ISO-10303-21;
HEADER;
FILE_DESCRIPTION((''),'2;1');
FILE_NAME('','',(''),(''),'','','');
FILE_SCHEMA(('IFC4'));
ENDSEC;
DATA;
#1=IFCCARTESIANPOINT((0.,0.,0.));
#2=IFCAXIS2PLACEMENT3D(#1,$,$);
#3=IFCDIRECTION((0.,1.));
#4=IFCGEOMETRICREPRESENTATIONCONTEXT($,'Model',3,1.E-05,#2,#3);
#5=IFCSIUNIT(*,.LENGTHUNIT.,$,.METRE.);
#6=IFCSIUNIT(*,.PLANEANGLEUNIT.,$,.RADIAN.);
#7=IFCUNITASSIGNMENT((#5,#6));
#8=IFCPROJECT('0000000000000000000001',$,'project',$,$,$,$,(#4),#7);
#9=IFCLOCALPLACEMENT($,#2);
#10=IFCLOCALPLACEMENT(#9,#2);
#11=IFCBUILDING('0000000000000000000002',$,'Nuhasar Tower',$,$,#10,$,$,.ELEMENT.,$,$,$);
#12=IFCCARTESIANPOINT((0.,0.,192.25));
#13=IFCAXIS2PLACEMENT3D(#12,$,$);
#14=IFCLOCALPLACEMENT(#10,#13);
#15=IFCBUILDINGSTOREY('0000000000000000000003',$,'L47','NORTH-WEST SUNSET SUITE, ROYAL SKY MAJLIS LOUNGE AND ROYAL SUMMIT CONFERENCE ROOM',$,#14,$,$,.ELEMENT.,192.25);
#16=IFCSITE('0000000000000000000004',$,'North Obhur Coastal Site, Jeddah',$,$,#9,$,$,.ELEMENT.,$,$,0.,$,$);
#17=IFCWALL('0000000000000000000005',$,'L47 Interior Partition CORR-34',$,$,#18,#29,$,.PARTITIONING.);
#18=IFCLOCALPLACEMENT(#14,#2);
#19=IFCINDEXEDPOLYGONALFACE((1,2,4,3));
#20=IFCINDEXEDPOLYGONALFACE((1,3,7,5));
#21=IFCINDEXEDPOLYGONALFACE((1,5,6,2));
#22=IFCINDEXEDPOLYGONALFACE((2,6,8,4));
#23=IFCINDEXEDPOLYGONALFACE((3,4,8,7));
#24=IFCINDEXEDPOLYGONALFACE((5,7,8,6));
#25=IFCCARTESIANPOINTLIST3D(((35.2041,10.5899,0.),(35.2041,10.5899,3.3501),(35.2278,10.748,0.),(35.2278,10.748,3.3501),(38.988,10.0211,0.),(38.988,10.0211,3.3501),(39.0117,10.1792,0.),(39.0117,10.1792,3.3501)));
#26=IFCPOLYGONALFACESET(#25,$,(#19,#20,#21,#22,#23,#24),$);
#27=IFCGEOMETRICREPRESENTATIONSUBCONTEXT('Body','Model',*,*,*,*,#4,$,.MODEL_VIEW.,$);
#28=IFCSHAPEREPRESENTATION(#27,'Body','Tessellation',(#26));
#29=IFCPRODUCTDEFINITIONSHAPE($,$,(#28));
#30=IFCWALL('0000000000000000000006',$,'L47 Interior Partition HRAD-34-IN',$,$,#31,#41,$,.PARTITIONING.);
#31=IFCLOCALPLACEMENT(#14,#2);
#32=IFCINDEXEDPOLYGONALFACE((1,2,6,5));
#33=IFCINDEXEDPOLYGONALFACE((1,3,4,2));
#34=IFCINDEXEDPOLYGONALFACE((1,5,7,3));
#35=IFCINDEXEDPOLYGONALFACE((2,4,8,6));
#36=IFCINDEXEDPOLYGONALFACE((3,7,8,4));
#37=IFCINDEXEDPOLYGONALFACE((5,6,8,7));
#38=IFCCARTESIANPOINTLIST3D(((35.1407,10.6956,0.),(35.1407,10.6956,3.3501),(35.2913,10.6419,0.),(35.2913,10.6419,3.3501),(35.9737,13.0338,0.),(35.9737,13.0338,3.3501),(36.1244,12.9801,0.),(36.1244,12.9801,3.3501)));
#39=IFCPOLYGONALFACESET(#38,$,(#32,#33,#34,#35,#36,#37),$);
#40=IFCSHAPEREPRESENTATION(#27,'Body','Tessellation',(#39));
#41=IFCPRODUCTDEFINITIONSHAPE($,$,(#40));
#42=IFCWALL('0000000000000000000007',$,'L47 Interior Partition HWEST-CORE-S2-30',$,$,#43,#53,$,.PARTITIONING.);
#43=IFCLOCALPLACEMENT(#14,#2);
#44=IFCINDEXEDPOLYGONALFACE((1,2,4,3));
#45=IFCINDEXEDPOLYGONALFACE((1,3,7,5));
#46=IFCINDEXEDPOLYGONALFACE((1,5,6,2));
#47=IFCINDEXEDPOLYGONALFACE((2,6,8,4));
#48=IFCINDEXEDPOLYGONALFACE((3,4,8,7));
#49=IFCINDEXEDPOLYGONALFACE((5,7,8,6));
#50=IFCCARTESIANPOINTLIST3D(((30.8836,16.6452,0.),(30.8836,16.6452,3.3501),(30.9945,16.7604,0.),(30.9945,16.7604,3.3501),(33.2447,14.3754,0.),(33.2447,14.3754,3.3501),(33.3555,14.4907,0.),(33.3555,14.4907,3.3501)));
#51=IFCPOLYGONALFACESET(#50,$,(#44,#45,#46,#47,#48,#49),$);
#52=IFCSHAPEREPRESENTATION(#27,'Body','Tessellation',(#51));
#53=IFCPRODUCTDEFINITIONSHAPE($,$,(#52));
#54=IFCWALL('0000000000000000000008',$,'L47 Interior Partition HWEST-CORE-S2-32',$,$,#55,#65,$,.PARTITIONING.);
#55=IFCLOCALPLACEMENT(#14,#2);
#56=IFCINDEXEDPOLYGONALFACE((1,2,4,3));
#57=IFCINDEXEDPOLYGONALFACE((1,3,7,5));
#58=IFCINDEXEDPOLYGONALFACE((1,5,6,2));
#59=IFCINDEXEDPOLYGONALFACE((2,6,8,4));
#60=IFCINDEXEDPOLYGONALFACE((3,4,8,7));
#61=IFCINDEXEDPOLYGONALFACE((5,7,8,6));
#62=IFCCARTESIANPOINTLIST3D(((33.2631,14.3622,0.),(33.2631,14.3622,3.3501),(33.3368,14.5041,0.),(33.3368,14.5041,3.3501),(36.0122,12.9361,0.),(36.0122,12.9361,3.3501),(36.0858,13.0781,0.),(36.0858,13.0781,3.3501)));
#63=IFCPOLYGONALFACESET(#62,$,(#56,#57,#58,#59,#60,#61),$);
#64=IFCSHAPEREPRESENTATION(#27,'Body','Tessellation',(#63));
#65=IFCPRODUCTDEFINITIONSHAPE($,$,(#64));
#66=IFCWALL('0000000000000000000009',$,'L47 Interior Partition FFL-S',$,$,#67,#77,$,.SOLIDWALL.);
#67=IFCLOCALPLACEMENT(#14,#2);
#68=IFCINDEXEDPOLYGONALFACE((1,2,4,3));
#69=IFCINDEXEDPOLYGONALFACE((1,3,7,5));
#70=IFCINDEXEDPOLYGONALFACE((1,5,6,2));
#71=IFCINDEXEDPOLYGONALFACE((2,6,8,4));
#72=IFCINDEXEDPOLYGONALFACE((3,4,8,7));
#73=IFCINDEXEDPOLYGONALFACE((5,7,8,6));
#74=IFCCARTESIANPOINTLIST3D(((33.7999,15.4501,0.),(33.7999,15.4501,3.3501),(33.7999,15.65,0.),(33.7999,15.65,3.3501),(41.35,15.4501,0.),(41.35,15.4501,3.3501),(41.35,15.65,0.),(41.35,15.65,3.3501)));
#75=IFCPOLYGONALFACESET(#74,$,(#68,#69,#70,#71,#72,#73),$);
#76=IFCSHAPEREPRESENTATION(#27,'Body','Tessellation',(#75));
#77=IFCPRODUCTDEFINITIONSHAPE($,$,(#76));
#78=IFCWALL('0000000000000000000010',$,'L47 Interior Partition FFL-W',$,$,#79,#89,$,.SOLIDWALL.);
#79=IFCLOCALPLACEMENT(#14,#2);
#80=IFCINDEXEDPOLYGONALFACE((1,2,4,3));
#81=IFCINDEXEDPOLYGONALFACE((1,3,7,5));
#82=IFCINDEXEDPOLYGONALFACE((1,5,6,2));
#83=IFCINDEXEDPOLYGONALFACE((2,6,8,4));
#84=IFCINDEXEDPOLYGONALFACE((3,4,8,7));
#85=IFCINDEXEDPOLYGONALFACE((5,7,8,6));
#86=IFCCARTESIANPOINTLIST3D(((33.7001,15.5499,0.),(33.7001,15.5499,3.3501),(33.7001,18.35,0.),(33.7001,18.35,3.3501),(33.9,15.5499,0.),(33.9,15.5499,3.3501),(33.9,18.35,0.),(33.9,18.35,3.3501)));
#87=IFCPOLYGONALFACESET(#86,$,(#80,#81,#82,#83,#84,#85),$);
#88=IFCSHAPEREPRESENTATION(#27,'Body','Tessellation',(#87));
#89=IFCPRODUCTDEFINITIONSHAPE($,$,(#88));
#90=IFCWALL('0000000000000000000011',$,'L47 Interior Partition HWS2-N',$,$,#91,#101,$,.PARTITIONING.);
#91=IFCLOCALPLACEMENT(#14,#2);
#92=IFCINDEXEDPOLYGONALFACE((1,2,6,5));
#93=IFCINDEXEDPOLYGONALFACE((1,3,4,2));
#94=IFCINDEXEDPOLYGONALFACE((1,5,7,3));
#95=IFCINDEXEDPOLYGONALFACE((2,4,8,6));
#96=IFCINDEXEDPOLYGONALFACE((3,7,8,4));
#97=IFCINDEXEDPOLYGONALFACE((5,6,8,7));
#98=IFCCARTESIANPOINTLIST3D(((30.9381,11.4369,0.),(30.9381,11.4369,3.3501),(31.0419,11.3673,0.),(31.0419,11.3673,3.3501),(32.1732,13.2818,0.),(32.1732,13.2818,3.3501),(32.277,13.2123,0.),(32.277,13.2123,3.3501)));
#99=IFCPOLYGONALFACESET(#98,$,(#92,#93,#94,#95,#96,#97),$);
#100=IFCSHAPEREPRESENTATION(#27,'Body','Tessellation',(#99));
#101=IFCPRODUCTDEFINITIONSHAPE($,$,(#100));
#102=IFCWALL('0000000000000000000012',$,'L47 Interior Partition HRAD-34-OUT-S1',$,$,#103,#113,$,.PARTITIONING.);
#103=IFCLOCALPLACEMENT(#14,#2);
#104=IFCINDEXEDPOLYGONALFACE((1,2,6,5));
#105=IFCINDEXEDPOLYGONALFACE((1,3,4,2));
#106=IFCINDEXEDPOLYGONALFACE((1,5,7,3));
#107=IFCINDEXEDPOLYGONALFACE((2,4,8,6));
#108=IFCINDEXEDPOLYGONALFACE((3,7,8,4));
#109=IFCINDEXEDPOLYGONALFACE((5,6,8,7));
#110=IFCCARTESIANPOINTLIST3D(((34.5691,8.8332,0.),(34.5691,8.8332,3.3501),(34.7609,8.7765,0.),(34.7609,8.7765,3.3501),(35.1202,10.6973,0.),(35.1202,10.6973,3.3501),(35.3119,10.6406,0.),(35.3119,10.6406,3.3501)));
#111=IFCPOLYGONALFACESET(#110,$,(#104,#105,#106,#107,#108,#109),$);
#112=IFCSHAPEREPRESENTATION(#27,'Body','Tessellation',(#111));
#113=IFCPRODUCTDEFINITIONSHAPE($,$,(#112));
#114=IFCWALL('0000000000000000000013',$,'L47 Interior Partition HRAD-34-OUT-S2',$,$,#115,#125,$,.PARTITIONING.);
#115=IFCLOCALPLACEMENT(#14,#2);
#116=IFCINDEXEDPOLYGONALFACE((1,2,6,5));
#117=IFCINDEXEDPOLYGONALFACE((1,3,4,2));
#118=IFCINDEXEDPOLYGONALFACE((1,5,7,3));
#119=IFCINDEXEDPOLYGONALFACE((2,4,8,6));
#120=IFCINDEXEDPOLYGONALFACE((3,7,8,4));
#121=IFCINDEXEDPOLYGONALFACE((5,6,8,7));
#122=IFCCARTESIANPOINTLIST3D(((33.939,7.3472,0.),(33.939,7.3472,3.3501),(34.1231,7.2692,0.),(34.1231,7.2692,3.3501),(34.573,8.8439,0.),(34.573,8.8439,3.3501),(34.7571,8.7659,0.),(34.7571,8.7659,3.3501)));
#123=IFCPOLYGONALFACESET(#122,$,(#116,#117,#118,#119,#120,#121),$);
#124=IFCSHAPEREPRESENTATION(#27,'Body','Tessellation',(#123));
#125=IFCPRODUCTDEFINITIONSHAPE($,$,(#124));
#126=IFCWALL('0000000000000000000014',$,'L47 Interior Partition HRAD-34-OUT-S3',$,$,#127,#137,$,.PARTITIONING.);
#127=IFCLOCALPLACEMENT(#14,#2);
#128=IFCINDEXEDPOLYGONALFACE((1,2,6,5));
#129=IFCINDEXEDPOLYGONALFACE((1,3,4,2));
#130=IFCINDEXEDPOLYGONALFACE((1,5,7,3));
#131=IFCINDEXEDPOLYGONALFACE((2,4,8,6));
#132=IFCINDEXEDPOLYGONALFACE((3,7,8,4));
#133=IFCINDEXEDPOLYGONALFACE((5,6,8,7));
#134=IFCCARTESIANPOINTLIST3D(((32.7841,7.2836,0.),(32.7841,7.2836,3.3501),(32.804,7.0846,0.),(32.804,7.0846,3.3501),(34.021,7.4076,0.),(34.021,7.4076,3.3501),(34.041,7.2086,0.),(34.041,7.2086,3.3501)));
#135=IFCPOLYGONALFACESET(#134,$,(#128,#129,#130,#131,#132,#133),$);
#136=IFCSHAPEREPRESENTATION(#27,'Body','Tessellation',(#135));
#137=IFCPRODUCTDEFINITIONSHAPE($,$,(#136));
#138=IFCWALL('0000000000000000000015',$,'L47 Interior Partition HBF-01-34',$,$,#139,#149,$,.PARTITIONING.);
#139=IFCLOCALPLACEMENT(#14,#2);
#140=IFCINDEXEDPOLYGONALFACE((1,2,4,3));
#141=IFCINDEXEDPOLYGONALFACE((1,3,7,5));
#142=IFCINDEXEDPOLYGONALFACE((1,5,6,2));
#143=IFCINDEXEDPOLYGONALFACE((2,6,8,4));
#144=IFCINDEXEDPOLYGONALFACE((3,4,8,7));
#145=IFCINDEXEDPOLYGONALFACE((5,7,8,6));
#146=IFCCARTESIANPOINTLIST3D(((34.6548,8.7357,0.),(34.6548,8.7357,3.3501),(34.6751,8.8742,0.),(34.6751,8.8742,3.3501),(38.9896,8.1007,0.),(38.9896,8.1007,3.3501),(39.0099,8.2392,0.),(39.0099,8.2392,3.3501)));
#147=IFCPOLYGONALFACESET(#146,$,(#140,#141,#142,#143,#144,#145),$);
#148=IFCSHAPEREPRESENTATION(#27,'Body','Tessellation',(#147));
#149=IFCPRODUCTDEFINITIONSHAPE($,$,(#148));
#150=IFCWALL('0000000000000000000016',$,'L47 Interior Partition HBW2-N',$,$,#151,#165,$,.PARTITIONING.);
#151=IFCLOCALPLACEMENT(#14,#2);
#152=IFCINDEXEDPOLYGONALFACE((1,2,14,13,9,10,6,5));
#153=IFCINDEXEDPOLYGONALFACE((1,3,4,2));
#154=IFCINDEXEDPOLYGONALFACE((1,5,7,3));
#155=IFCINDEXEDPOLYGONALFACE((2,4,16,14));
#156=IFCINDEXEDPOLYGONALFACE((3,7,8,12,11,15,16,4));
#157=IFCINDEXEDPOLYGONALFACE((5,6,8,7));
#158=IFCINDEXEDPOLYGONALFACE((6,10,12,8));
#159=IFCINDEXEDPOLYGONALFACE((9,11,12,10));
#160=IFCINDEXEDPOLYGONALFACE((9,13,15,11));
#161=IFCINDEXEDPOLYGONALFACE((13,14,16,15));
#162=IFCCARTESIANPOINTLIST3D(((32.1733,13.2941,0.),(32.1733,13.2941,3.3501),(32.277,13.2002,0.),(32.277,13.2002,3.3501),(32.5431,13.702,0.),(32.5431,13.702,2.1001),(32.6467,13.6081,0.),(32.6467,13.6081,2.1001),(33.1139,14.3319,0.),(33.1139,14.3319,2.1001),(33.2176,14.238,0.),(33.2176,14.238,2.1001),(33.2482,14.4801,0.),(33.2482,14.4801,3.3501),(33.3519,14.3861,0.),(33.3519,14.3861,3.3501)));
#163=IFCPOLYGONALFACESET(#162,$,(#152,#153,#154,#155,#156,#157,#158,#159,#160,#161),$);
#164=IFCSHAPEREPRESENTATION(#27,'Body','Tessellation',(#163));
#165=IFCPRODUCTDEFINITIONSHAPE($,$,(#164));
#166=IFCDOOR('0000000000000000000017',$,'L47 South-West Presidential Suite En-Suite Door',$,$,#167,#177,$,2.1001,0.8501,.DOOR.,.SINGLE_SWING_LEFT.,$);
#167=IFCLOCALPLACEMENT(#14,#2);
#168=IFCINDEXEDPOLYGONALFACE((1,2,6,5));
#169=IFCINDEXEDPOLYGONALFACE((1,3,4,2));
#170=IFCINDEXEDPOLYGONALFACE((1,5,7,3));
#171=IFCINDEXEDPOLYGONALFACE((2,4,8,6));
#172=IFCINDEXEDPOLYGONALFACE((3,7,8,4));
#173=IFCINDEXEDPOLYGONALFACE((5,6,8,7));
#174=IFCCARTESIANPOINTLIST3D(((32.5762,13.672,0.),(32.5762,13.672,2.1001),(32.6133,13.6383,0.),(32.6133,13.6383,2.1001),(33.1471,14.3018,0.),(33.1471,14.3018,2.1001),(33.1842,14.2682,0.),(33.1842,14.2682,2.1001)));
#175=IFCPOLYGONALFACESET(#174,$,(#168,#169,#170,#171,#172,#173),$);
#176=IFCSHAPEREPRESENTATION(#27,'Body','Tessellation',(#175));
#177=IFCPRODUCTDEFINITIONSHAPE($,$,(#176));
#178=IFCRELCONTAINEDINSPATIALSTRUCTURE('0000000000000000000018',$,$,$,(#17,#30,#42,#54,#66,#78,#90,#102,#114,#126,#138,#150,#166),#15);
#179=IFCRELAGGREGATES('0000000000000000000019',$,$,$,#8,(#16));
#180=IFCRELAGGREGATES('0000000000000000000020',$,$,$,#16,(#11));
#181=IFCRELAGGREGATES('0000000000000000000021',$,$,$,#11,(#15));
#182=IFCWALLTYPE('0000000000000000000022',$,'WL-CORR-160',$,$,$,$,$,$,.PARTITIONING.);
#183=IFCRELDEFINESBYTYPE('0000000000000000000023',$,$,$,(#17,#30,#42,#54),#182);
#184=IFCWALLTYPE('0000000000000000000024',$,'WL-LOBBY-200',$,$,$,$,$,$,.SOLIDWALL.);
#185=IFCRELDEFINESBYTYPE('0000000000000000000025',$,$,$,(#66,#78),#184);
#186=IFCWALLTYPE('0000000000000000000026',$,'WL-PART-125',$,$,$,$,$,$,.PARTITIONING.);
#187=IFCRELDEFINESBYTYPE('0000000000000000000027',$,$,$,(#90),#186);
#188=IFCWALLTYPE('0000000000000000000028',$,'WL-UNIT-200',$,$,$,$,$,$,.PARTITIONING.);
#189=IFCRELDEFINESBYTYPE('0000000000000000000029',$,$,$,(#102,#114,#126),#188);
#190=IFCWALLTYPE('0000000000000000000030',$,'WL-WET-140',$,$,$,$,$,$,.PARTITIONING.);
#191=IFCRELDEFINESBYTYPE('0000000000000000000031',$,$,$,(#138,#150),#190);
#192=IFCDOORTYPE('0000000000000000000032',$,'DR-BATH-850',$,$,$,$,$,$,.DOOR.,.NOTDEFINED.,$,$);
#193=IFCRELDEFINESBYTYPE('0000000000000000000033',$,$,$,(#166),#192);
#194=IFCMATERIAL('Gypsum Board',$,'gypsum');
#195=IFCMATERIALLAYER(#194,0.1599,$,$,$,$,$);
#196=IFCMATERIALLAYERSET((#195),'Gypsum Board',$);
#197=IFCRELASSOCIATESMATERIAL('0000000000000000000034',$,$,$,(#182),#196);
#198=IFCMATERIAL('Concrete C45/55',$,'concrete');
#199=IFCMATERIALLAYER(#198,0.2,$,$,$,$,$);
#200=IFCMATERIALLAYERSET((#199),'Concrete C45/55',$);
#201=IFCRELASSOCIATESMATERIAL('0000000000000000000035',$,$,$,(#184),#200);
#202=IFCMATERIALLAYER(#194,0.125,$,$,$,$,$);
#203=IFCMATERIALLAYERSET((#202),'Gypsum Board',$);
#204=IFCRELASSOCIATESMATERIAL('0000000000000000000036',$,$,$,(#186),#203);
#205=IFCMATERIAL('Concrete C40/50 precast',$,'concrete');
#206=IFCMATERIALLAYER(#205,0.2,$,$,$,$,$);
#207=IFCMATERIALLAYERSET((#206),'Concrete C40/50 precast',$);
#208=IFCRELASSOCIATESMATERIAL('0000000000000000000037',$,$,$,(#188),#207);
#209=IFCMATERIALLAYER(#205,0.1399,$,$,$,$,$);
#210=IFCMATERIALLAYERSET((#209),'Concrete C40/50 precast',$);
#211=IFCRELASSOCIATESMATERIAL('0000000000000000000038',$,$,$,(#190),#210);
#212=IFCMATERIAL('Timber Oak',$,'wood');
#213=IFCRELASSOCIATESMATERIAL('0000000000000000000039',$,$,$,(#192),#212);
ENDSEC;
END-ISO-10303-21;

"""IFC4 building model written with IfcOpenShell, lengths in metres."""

from ifc_helpers import new_model, si_unit, direction, frame, frame_2d, origin, place, context, subcontext, project, spatial, rectangle, extrude, material, layer, layer_set, type_object, element, fill, save


model = new_model("IFC4")

# Units and contexts
model_context = context("Model", 3, precision=1e-05, world=origin(), true_north=direction((0.0, 1.0)))
body_context = subcontext(model_context, "Body", "Model", "MODEL_VIEW")
ifc_project = project(units=[si_unit("LENGTHUNIT", "METRE"), si_unit("PLANEANGLEUNIT", "RADIAN")], contexts=[model_context])

# Site, building, storey
site_placement = place(None, origin())
site = spatial("IfcSite", under=ifc_project, at=site_placement, Name="North Obhur Coastal Site, Jeddah", CompositionType="ELEMENT", RefElevation=0.0)
building_placement = place(site_placement, origin())
building = spatial("IfcBuilding", under=site, at=building_placement, Name="Nuhasar Tower", CompositionType="ELEMENT")
storey_placement = place(building_placement, frame((0.0, 0.0, 192.25)))
storey = spatial("IfcBuildingStorey", under=building, at=storey_placement, Name="L47", Description="NORTH-WEST SUNSET SUITE, ROYAL SKY MAJLIS LOUNGE AND ROYAL SUMMIT CONFERENCE ROOM", CompositionType="ELEMENT", Elevation=192.25)

# Walls
ifc_material_1 = material(Name="Gypsum Board", Category="gypsum")
ifc_layer_1 = layer(ifc_material_1, 0.1599)
ifc_layer_set_1 = layer_set([ifc_layer_1], Name="Gypsum Board")
wall_type_1 = type_object("IfcWallType", Name="WL-CORR-160", PredefinedType="PARTITIONING", material=ifc_layer_set_1)
wall_1_placement = place(storey_placement, frame((35.2161, 10.6689, 0.0), z_axis=(0.0, 0.0, 1.0), x_axis=(0.988888, -0.148662, 0.0)))
element("IfcWall", 1, at=wall_1_placement, inside=storey, type_object=wall_type_1, Name="L47 Interior Partition CORR-34", PredefinedType="PARTITIONING", context=body_context, shape_type="SweptSolid", body=[
    extrude(rectangle(XDim=3.8264, YDim=0.1599, at=frame_2d((1.9131, 0.0))), origin(), (0.0, 0.0, 1.0), 3.3501),
])
wall_2_placement = place(storey_placement, frame((36.0491, 13.0071, 0.0), z_axis=(0.0, 0.0, 1.0), x_axis=(-0.335607, -0.942002, 0.0)))
element("IfcWall", 2, at=wall_2_placement, inside=storey, type_object=wall_type_1, Name="L47 Interior Partition HRAD-34-IN", PredefinedType="PARTITIONING", context=body_context, shape_type="SweptSolid", body=[
    extrude(rectangle(XDim=2.4822, YDim=0.1599, at=frame_2d((1.2412, 0.0))), origin(), (0.0, 0.0, 1.0), 3.3501),
])
wall_3_placement = place(storey_placement, frame((30.939, 16.7029, 0.0), z_axis=(0.0, 0.0, 1.0), x_axis=(0.720909, -0.69303, 0.0)))
element("IfcWall", 3, at=wall_3_placement, inside=storey, type_object=wall_type_1, Name="L47 Interior Partition HWEST-CORE-S2-30", PredefinedType="PARTITIONING", context=body_context, shape_type="SweptSolid", body=[
    extrude(rectangle(XDim=3.2751, YDim=0.1599, at=frame_2d((1.6377, 0.0))), origin(), (0.0, 0.0, 1.0), 3.3501),
])
wall_4_placement = place(storey_placement, frame((33.3, 14.4331, 0.0), z_axis=(0.0, 0.0, 1.0), x_axis=(0.887675, -0.460471, 0.0)))
element("IfcWall", 4, at=wall_4_placement, inside=storey, type_object=wall_type_1, Name="L47 Interior Partition HWEST-CORE-S2-32", PredefinedType="PARTITIONING", context=body_context, shape_type="SweptSolid", body=[
    extrude(rectangle(XDim=3.0969, YDim=0.1599, at=frame_2d((1.5483, 0.0))), origin(), (0.0, 0.0, 1.0), 3.3501),
])
ifc_material_2 = material(Name="Concrete C45/55", Category="concrete")
ifc_layer_2 = layer(ifc_material_2, 0.2)
ifc_layer_set_2 = layer_set([ifc_layer_2], Name="Concrete C45/55")
wall_type_2 = type_object("IfcWallType", Name="WL-LOBBY-200", PredefinedType="SOLIDWALL", material=ifc_layer_set_2)
wall_5_placement = place(storey_placement, frame((33.8, 15.55, 0.0), z_axis=(0.0, 0.0, 1.0), x_axis=(1.0, 0.0, 0.0)))
element("IfcWall", 5, at=wall_5_placement, inside=storey, type_object=wall_type_2, Name="L47 Interior Partition FFL-S", PredefinedType="SOLIDWALL", context=body_context, shape_type="SweptSolid", body=[
    extrude(rectangle(XDim=7.55, YDim=0.2, at=frame_2d((3.7749, 0.0))), origin(), (0.0, 0.0, 1.0), 3.3501),
])
wall_6_placement = place(storey_placement, frame((33.8, 15.55, 0.0), z_axis=(0.0, 0.0, 1.0), x_axis=(0.0, 1.0, 0.0)))
element("IfcWall", 6, at=wall_6_placement, inside=storey, type_object=wall_type_2, Name="L47 Interior Partition FFL-W", PredefinedType="SOLIDWALL", context=body_context, shape_type="SweptSolid", body=[
    extrude(rectangle(XDim=2.8, YDim=0.2, at=frame_2d((1.3999, 0.0))), origin(), (0.0, 0.0, 1.0), 3.3501),
])
ifc_layer_3 = layer(ifc_material_1, 0.125)
ifc_layer_set_3 = layer_set([ifc_layer_3], Name="Gypsum Board")
wall_type_3 = type_object("IfcWallType", Name="WL-PART-125", PredefinedType="PARTITIONING", material=ifc_layer_set_3)
wall_7_placement = place(storey_placement, frame((32.2251, 13.2471, 0.0), z_axis=(0.0, 0.0, 1.0), x_axis=(-0.556298, -0.830983, 0.0)))
element("IfcWall", 7, at=wall_7_placement, inside=storey, type_object=wall_type_3, Name="L47 Interior Partition HWS2-N", PredefinedType="PARTITIONING", context=body_context, shape_type="SweptSolid", body=[
    extrude(rectangle(XDim=2.2202, YDim=0.125, at=frame_2d((1.1101, 0.0))), origin(), (0.0, 0.0, 1.0), 3.3501),
])
ifc_material_3 = material(Name="Concrete C40/50 precast", Category="concrete")
ifc_layer_4 = layer(ifc_material_3, 0.2)
ifc_layer_set_4 = layer_set([ifc_layer_4], Name="Concrete C40/50 precast")
wall_type_4 = type_object("IfcWallType", Name="WL-UNIT-200", PredefinedType="PARTITIONING", material=ifc_layer_set_4)
wall_8_placement = place(storey_placement, frame((35.2161, 10.6689, 0.0), z_axis=(0.0, 0.0, 1.0), x_axis=(-0.283485, -0.958977, 0.0)))
element("IfcWall", 8, at=wall_8_placement, inside=storey, type_object=wall_type_4, Name="L47 Interior Partition HRAD-34-OUT-S1", PredefinedType="PARTITIONING", context=body_context, shape_type="SweptSolid", body=[
    extrude(rectangle(XDim=1.9438, YDim=0.2, at=frame_2d((0.9719, 0.0))), origin(), (0.0, 0.0, 1.0), 3.3501),
])
wall_9_placement = place(storey_placement, frame((34.665, 8.8049, 0.0), z_axis=(0.0, 0.0, 1.0), x_axis=(-0.390037, -0.920799, 0.0)))
element("IfcWall", 9, at=wall_9_placement, inside=storey, type_object=wall_type_4, Name="L47 Interior Partition HRAD-34-OUT-S2", PredefinedType="PARTITIONING", context=body_context, shape_type="SweptSolid", body=[
    extrude(rectangle(XDim=1.6255, YDim=0.2, at=frame_2d((0.8127, 0.0))), origin(), (0.0, 0.0, 1.0), 3.3501),
])
wall_10_placement = place(storey_placement, frame((34.031, 7.3081, 0.0), z_axis=(0.0, 0.0, 1.0), x_axis=(-0.995012, -0.099756, 0.0)))
element("IfcWall", 10, at=wall_10_placement, inside=storey, type_object=wall_type_4, Name="L47 Interior Partition HRAD-34-OUT-S3", PredefinedType="PARTITIONING", context=body_context, shape_type="SweptSolid", body=[
    extrude(rectangle(XDim=1.2432, YDim=0.2, at=frame_2d((0.6216, 0.0))), origin(), (0.0, 0.0, 1.0), 3.3501),
])
ifc_layer_5 = layer(ifc_material_3, 0.1399)
ifc_layer_set_5 = layer_set([ifc_layer_5], Name="Concrete C40/50 precast")
wall_type_5 = type_object("IfcWallType", Name="WL-WET-140", PredefinedType="PARTITIONING", material=ifc_layer_set_5)
wall_11_placement = place(storey_placement, frame((34.665, 8.8049, 0.0), z_axis=(0.0, 0.0, 1.0), x_axis=(0.989441, -0.144939, 0.0)))
element("IfcWall", 11, at=wall_11_placement, inside=storey, type_object=wall_type_5, Name="L47 Interior Partition HBF-01-34", PredefinedType="PARTITIONING", context=body_context, shape_type="SweptSolid", body=[
    extrude(rectangle(XDim=4.3811, YDim=0.1399, at=frame_2d((2.1904, 0.0))), origin(), (0.0, 0.0, 1.0), 3.3501),
])

# Wall, opening, door
wall_12_placement = place(storey_placement, frame((33.3, 14.4331, 0.0), z_axis=(0.0, 0.0, 1.0), x_axis=(-0.671556, -0.740954, 0.0)))
wall_12 = element("IfcWall", 12, at=wall_12_placement, inside=storey, type_object=wall_type_5, Name="L47 Interior Partition HBW2-N", PredefinedType="PARTITIONING", context=body_context, shape_type="SweptSolid", body=[
    extrude(rectangle(XDim=1.6006, YDim=0.1399, at=frame_2d((0.8003, 0.0))), origin(), (0.0, 0.0, 1.0), 3.3501),
])
opening_placement = place(wall_12_placement, frame((0.2, 0.0, 0.0)))
opening = element("IfcOpeningElement", 13, at=opening_placement, cuts=wall_12, PredefinedType="OPENING", context=body_context, shape_type="SweptSolid", body=[
    extrude(rectangle(XDim=0.8501, YDim=2.1001, at=frame_2d((0.425, 1.05))), frame((0.0, 0.0801, 0.0), z_axis=(0.0, -1.0, 0.0), x_axis=(1.0, 0.0, 0.0)), (0.0, 0.0, 1.0), 0.1599),
])
ifc_material_4 = material(Name="Timber Oak", Category="wood")
door_type = type_object("IfcDoorType", Name="DR-BATH-850", OperationType="NOTDEFINED", PredefinedType="DOOR", material=ifc_material_4)
door_placement = place(opening_placement, origin())
door = element("IfcDoor", 14, at=door_placement, inside=storey, type_object=door_type, Name="L47 South-West Presidential Suite En-Suite Door", OperationType="SINGLE_SWING_LEFT", OverallHeight=2.1001, OverallWidth=0.8501, PredefinedType="DOOR", context=body_context, shape_type="SweptSolid", body=[
    extrude(rectangle(XDim=0.8501, YDim=2.1001, at=frame_2d((0.425, 1.05))), frame((0.0, 0.0249, 0.0), z_axis=(0.0, -1.0, 0.0), x_axis=(1.0, 0.0, 0.0)), (0.0, 0.0, 1.0), 0.05),
])
fill(opening, door)

save(model, "model.ifc")
